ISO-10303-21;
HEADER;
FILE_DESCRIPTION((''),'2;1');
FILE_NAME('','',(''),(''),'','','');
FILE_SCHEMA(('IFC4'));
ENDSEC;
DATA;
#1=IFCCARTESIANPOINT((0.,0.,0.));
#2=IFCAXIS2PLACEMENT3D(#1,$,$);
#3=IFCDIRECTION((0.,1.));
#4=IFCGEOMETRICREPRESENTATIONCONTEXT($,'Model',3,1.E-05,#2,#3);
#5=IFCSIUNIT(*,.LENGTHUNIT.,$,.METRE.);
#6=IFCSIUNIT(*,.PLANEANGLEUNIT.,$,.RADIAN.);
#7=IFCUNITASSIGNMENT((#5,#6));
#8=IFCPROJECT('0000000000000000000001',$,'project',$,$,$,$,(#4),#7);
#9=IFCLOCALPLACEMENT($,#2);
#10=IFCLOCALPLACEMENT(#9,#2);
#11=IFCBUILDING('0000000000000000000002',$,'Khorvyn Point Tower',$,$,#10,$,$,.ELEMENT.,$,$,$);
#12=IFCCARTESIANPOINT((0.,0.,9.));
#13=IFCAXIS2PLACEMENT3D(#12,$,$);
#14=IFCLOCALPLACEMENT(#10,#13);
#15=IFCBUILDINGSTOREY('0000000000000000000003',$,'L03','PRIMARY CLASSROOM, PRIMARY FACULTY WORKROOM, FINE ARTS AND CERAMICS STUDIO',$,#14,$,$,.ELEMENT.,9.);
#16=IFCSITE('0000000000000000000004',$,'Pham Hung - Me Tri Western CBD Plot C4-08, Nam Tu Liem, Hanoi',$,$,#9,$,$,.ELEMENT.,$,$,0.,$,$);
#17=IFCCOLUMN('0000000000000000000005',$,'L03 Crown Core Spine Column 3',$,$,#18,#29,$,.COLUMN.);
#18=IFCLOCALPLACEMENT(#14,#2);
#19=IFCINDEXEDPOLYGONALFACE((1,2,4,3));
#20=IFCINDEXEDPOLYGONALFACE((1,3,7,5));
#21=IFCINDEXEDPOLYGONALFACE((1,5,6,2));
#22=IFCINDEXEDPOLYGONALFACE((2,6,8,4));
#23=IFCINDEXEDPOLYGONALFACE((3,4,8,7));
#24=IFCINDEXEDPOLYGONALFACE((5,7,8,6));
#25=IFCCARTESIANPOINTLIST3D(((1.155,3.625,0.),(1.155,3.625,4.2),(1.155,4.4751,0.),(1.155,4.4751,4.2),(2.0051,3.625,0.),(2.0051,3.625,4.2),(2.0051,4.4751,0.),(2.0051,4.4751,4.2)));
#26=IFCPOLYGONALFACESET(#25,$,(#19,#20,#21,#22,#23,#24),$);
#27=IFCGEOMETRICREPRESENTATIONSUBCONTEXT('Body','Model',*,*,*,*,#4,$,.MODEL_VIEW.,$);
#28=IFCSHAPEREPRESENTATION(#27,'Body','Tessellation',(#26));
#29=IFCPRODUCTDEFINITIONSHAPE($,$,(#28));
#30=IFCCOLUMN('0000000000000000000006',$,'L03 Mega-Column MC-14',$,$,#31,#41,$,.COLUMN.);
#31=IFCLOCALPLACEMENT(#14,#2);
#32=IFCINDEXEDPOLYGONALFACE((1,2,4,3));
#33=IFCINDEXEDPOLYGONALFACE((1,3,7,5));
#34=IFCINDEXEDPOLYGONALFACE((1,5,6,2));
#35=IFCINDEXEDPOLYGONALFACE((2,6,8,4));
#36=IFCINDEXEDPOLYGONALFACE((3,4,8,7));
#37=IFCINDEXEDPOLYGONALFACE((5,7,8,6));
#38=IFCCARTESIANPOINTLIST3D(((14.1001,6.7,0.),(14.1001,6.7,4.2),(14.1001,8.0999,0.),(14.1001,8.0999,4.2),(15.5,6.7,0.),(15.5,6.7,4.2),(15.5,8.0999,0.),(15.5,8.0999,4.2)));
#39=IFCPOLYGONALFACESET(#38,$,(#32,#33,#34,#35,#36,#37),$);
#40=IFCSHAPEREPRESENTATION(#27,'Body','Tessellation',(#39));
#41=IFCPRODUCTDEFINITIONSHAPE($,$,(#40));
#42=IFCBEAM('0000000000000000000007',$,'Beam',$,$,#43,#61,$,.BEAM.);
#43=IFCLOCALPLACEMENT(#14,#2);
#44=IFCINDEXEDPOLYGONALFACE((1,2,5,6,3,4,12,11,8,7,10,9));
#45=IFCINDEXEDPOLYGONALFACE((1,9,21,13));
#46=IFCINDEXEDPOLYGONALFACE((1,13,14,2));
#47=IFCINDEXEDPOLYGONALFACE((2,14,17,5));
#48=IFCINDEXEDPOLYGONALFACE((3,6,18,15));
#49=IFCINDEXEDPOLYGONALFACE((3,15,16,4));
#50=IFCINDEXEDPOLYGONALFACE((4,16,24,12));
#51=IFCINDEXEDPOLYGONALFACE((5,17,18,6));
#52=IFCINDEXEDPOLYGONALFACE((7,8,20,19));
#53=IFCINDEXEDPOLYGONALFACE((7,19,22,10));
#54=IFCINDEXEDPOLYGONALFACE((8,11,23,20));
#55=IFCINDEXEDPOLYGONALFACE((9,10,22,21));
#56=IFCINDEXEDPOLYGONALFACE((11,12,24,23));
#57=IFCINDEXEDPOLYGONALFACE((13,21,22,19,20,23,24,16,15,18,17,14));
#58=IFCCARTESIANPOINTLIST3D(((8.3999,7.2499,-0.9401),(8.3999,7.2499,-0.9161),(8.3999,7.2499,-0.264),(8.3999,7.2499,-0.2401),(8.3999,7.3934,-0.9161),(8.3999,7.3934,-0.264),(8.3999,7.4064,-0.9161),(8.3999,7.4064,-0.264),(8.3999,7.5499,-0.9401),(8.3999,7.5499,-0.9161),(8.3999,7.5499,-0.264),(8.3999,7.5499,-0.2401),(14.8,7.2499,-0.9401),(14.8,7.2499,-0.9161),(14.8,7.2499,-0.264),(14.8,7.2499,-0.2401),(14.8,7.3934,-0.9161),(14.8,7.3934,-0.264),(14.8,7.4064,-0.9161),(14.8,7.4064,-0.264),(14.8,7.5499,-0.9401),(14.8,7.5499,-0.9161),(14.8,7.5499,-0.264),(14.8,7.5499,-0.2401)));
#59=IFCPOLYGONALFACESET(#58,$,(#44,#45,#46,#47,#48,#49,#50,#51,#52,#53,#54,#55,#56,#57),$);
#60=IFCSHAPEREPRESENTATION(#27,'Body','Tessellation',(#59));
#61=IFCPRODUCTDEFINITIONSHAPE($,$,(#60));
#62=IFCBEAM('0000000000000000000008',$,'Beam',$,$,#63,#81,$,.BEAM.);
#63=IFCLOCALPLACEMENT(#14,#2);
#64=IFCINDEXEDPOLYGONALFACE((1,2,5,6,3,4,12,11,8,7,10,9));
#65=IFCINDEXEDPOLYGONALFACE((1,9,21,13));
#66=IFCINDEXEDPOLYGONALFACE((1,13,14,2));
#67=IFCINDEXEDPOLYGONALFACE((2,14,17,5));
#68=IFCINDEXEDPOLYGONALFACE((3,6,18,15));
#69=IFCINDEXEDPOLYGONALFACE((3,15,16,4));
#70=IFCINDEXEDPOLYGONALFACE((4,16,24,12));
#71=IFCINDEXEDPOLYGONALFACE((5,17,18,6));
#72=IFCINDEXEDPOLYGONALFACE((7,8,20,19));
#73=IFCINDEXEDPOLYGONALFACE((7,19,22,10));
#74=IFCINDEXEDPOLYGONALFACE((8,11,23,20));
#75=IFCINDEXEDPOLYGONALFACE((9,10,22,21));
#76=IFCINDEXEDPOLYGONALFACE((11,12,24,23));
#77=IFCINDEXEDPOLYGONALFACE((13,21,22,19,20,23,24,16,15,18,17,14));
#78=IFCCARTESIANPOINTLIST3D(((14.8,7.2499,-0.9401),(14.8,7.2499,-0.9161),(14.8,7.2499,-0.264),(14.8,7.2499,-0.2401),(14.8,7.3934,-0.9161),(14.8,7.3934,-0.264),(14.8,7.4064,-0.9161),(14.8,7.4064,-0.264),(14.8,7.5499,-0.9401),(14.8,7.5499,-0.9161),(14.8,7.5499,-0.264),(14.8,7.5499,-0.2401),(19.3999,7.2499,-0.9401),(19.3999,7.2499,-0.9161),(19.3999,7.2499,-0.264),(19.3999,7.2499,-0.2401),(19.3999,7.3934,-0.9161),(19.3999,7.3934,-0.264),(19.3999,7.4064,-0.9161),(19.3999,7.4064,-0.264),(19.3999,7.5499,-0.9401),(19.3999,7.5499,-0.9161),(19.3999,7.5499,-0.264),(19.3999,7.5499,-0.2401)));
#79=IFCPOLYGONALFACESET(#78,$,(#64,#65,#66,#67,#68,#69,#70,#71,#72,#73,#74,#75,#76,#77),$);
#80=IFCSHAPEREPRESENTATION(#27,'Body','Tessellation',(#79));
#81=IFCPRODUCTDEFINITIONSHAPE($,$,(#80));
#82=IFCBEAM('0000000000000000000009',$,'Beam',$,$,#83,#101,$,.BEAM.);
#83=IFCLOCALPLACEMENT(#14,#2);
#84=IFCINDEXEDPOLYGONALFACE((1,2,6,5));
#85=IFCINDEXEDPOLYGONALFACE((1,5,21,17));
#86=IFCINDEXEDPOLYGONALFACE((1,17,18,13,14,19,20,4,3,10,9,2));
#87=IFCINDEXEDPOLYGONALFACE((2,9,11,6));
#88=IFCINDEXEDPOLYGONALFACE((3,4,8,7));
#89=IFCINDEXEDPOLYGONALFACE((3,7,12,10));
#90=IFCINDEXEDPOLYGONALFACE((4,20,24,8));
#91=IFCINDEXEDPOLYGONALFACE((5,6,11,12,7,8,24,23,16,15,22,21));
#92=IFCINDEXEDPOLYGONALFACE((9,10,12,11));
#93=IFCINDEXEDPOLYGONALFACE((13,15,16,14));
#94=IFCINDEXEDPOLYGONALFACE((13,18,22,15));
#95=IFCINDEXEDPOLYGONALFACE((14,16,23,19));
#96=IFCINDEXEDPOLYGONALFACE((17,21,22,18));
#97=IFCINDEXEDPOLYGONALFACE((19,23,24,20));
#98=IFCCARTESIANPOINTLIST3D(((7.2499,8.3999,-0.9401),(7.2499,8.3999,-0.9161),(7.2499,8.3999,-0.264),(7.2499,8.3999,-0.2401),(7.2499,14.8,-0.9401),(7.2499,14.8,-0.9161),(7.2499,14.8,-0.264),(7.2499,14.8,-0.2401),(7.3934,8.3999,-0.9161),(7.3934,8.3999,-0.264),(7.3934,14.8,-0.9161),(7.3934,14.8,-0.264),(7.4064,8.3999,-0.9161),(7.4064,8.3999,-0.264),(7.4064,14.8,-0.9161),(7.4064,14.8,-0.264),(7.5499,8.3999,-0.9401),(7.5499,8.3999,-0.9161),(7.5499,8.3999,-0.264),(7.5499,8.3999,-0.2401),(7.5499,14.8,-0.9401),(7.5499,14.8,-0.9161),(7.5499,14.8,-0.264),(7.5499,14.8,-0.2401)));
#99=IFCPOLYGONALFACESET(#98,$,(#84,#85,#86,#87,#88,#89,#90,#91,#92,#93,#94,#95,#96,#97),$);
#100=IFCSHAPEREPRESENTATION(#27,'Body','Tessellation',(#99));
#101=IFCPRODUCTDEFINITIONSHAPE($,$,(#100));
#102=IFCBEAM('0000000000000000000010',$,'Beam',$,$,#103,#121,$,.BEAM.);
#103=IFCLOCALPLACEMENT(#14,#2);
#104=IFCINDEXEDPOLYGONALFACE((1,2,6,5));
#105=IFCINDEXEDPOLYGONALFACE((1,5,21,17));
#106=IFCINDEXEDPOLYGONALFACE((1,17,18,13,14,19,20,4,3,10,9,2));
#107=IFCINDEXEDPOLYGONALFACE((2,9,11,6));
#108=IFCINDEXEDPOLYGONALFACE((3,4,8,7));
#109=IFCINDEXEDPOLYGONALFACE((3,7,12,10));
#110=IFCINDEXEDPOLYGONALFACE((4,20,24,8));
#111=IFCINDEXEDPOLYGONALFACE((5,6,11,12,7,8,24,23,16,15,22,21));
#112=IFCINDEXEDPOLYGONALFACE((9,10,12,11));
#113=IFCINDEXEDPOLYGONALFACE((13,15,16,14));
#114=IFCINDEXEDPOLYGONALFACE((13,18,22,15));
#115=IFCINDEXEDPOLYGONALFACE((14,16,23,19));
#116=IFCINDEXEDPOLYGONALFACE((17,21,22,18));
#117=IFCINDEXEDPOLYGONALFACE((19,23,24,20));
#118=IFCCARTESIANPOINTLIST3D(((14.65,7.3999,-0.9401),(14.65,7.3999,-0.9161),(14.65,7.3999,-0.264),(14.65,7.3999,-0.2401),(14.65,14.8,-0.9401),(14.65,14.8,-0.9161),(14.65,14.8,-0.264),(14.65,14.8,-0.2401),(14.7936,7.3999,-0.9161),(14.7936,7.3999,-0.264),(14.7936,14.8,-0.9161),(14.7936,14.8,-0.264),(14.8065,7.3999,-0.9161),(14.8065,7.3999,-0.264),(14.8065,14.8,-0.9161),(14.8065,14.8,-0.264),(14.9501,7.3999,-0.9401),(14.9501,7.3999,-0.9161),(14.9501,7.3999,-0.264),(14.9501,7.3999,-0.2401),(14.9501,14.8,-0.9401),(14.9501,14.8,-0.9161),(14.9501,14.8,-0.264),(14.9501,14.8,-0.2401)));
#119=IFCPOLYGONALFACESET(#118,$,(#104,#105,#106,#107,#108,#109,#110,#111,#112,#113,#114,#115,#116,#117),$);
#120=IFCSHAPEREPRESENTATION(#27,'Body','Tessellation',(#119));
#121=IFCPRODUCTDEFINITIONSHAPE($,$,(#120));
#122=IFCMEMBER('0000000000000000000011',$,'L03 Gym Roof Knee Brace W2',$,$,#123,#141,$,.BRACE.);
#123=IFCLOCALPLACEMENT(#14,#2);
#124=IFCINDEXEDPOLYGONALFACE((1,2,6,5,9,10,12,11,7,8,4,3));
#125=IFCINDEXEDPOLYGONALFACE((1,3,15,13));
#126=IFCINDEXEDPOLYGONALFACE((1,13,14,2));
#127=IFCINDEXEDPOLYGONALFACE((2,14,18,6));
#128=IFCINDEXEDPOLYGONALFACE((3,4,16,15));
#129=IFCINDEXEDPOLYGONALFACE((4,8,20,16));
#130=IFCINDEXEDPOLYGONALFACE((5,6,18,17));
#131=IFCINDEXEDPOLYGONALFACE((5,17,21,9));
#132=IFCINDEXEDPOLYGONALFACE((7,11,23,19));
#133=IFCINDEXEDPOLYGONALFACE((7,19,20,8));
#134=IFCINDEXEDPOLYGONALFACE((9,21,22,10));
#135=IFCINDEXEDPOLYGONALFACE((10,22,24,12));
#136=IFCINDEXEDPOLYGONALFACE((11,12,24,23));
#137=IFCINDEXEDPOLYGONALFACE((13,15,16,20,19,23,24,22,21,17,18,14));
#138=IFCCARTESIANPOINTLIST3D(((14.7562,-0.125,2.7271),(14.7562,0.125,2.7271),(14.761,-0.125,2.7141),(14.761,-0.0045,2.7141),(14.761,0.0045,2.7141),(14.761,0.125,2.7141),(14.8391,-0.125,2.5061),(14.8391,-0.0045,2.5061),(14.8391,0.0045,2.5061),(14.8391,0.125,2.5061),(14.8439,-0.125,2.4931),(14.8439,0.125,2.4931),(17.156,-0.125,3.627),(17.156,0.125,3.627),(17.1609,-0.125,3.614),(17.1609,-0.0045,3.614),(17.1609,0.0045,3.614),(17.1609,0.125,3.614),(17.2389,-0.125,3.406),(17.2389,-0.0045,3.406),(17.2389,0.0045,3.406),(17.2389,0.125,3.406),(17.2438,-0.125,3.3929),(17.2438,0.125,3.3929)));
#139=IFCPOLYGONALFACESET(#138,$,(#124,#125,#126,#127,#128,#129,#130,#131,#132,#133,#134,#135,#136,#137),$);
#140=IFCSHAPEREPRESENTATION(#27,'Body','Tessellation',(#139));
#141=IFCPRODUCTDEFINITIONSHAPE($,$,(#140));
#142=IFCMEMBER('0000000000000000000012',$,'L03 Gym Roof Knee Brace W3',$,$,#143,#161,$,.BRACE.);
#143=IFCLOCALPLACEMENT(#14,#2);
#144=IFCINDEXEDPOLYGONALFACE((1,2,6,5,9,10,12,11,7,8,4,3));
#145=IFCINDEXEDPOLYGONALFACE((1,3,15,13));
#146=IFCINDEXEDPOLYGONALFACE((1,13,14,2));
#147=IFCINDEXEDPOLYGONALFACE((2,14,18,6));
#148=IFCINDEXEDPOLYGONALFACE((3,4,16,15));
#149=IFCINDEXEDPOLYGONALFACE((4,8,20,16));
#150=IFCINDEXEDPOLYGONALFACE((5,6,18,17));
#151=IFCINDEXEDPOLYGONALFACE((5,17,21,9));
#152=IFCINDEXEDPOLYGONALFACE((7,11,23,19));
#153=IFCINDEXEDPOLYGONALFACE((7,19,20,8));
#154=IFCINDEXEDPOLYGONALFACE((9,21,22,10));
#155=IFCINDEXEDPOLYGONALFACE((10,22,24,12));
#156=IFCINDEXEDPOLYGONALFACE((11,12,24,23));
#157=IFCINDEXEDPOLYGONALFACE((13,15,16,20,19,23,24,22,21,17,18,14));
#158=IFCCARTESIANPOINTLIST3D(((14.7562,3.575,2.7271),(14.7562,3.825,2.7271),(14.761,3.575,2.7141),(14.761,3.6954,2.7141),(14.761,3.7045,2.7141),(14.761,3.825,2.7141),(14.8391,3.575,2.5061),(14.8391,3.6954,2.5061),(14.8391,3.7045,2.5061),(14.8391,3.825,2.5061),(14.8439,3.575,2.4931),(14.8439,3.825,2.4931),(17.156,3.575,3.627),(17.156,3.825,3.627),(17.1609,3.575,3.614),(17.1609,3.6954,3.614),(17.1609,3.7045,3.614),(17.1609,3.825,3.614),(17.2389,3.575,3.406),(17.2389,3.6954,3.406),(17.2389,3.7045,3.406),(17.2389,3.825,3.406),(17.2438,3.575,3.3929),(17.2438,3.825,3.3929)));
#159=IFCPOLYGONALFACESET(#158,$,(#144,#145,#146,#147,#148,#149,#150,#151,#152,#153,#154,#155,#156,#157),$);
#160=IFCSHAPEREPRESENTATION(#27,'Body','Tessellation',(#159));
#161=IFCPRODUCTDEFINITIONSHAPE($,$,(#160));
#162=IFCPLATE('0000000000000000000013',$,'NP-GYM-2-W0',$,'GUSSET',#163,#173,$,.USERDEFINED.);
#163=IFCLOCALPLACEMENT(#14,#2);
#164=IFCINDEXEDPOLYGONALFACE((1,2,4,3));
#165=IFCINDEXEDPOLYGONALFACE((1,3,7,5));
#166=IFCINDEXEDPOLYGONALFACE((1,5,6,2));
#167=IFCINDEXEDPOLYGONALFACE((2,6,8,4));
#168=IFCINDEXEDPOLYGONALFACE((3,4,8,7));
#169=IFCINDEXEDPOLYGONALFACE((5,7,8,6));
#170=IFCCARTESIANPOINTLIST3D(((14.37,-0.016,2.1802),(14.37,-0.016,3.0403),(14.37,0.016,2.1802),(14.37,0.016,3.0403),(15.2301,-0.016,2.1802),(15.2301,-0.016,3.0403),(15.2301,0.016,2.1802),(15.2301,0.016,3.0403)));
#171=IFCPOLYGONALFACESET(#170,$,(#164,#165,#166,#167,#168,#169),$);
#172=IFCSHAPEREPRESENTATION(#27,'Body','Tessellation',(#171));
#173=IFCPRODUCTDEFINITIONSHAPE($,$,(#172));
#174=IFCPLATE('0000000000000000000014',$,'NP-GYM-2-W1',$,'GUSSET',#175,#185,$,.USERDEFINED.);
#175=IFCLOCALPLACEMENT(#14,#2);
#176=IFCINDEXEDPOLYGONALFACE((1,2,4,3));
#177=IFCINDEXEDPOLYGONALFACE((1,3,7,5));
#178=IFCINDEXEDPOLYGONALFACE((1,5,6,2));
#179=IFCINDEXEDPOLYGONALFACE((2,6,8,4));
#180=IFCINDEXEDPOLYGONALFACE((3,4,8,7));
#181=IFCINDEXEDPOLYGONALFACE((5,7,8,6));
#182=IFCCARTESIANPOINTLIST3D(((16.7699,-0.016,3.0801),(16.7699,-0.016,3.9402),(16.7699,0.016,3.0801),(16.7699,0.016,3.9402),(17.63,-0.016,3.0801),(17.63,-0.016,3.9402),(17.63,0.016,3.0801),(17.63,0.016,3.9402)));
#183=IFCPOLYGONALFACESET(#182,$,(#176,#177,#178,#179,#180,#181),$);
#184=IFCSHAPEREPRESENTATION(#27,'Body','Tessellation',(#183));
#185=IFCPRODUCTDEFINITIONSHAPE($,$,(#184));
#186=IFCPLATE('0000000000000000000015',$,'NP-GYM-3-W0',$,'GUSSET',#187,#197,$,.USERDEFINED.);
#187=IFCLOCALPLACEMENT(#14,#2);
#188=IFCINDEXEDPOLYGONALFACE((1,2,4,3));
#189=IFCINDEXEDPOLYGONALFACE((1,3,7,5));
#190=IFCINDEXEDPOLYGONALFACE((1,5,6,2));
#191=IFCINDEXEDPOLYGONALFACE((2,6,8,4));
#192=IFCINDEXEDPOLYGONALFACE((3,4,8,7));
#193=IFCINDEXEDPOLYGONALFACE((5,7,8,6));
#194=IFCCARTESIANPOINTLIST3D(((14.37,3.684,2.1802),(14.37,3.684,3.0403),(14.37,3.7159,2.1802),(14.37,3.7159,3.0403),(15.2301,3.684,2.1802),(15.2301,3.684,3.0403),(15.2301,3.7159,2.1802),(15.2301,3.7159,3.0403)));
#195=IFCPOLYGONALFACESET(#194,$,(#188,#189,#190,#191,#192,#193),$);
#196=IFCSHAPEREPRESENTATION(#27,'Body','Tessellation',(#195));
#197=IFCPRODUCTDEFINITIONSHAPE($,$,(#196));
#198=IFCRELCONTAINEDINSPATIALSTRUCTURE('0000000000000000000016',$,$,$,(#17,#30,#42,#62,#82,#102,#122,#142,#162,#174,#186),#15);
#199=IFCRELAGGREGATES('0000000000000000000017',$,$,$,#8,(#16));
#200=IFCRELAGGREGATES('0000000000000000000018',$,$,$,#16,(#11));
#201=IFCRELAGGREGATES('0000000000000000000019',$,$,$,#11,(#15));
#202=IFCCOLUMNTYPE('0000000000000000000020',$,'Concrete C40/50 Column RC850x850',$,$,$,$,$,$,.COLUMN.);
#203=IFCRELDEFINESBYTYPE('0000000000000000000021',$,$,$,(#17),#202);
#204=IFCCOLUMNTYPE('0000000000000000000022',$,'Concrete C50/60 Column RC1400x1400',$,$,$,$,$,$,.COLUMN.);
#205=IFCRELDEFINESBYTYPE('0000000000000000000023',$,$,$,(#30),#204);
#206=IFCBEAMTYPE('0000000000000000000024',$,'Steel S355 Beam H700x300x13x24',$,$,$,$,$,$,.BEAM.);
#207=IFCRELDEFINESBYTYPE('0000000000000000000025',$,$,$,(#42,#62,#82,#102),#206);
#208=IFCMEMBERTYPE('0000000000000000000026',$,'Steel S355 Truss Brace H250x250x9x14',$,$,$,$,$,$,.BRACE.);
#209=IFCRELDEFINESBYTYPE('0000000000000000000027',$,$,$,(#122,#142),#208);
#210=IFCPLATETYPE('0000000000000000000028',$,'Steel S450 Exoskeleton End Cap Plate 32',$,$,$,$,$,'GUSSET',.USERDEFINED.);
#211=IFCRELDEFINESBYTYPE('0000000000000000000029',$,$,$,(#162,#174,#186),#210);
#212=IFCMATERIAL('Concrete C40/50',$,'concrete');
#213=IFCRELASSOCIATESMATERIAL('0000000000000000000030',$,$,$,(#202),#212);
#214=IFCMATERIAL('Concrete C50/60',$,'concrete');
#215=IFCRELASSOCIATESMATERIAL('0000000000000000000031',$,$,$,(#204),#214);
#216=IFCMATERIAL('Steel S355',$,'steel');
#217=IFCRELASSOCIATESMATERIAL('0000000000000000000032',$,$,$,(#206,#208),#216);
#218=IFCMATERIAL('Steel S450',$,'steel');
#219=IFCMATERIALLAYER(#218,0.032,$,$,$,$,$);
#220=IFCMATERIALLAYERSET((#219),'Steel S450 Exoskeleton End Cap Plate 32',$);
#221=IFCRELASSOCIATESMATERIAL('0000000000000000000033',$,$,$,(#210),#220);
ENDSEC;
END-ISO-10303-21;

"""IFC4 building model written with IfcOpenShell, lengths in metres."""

from ifc_helpers import new_model, si_unit, direction, frame, origin, origin_2d, place, context, subcontext, project, spatial, rectangle, i_section, extrude, material, layer, layer_set, material_profile, profile_set, type_object, element, save


model = new_model("IFC4")

# Units and contexts
model_context = context("Model", 3, precision=1e-05, world=origin(), true_north=direction((0.0, 1.0)))
body_context = subcontext(model_context, "Body", "Model", "MODEL_VIEW")
ifc_project = project(units=[si_unit("LENGTHUNIT", "METRE"), si_unit("PLANEANGLEUNIT", "RADIAN")], contexts=[model_context])

# Site, building, storey
site_placement = place(None, origin())
site = spatial("IfcSite", under=ifc_project, at=site_placement, Name="Pham Hung - Me Tri Western CBD Plot C4-08, Nam Tu Liem, Hanoi", CompositionType="ELEMENT", RefElevation=0.0)
building_placement = place(site_placement, origin())
building = spatial("IfcBuilding", under=site, at=building_placement, Name="Khorvyn Point Tower", CompositionType="ELEMENT")
storey_placement = place(building_placement, frame((0.0, 0.0, 9.0)))
storey = spatial("IfcBuildingStorey", under=building, at=storey_placement, Name="L03", Description="PRIMARY CLASSROOM, PRIMARY FACULTY WORKROOM, FINE ARTS AND CERAMICS STUDIO", CompositionType="ELEMENT", Elevation=9.0)

# Columns
ifc_material_1 = material(Name="Concrete C40/50", Category="concrete")
ifc_material_profile_1 = material_profile(ifc_material_1, rectangle(XDim=0.8501, YDim=0.8501, at=origin_2d()))
ifc_profile_set_1 = profile_set([ifc_material_profile_1], Name="Concrete C40/50 RC850x850")
column_type_1 = type_object("IfcColumnType", Name="Concrete C40/50 Column RC850x850", PredefinedType="COLUMN", material=ifc_profile_set_1)
column_1_placement = place(storey_placement, frame((1.5801, 4.05, 0.0), z_axis=(0.0, 0.0, 1.0), x_axis=(1.0, 0.0, 0.0)))
element("IfcColumn", 1, at=column_1_placement, inside=storey, type_object=column_type_1, Name="L03 Crown Core Spine Column 3", PredefinedType="COLUMN", context=body_context, shape_type="SweptSolid", body=[
    extrude(rectangle(XDim=0.8501, YDim=0.8501, at=origin_2d()), origin(), (0.0, 0.0, 1.0), 4.2),
])
ifc_material_2 = material(Name="Concrete C50/60", Category="concrete")
ifc_material_profile_2 = material_profile(ifc_material_2, rectangle(XDim=1.3999, YDim=1.3999, at=origin_2d()))
ifc_profile_set_2 = profile_set([ifc_material_profile_2], Name="Concrete C50/60 RC1400x1400")
column_type_2 = type_object("IfcColumnType", Name="Concrete C50/60 Column RC1400x1400", PredefinedType="COLUMN", material=ifc_profile_set_2)
column_2_placement = place(storey_placement, frame((14.8, 7.3999, 0.0), z_axis=(0.0, 0.0, 1.0), x_axis=(1.0, 0.0, 0.0)))
element("IfcColumn", 2, at=column_2_placement, inside=storey, type_object=column_type_2, Name="L03 Mega-Column MC-14", PredefinedType="COLUMN", context=body_context, shape_type="SweptSolid", body=[
    extrude(rectangle(XDim=1.3999, YDim=1.3999, at=origin_2d()), origin(), (0.0, 0.0, 1.0), 4.2),
])

# Beams
ifc_material_3 = material(Name="Steel S355", Category="steel")
ifc_material_profile_3 = material_profile(ifc_material_3, i_section(OverallWidth=0.3, OverallDepth=0.7, WebThickness=0.0129, FlangeThickness=0.0239, at=origin_2d()))
ifc_profile_set_3 = profile_set([ifc_material_profile_3], Name="Steel S355 H700x300x13x24")
beam_type = type_object("IfcBeamType", Name="Steel S355 Beam H700x300x13x24", PredefinedType="BEAM", material=ifc_profile_set_3)
beam_1_placement = place(storey_placement, frame((8.3999, 7.3999, -0.5901), z_axis=(1.0, 0.0, 0.0), x_axis=(0.0, 1.0, 0.0)))
element("IfcBeam", 3, at=beam_1_placement, inside=storey, type_object=beam_type, Name="Beam", PredefinedType="BEAM", context=body_context, shape_type="SweptSolid", body=[
    extrude(i_section(OverallWidth=0.3, OverallDepth=0.7, WebThickness=0.0129, FlangeThickness=0.0239, at=origin_2d()), origin(), (0.0, 0.0, 1.0), 6.4001),
])
beam_2_placement = place(storey_placement, frame((14.8, 7.3999, -0.5901), z_axis=(1.0, 0.0, 0.0), x_axis=(0.0, 1.0, 0.0)))
element("IfcBeam", 4, at=beam_2_placement, inside=storey, type_object=beam_type, Name="Beam", PredefinedType="BEAM", context=body_context, shape_type="SweptSolid", body=[
    extrude(i_section(OverallWidth=0.3, OverallDepth=0.7, WebThickness=0.0129, FlangeThickness=0.0239, at=origin_2d()), origin(), (0.0, 0.0, 1.0), 4.5999),
])
beam_3_placement = place(storey_placement, frame((7.3999, 8.3999, -0.5901), z_axis=(0.0, 1.0, 0.0), x_axis=(-1.0, 0.0, 0.0)))
element("IfcBeam", 5, at=beam_3_placement, inside=storey, type_object=beam_type, Name="Beam", PredefinedType="BEAM", context=body_context, shape_type="SweptSolid", body=[
    extrude(i_section(OverallWidth=0.3, OverallDepth=0.7, WebThickness=0.0129, FlangeThickness=0.0239, at=origin_2d()), origin(), (0.0, 0.0, 1.0), 6.4001),
])
beam_4_placement = place(storey_placement, frame((14.8, 7.3999, -0.5901), z_axis=(0.0, 1.0, 0.0), x_axis=(-1.0, 0.0, 0.0)))
element("IfcBeam", 6, at=beam_4_placement, inside=storey, type_object=beam_type, Name="Beam", PredefinedType="BEAM", context=body_context, shape_type="SweptSolid", body=[
    extrude(i_section(OverallWidth=0.3, OverallDepth=0.7, WebThickness=0.0129, FlangeThickness=0.0239, at=origin_2d()), origin(), (0.0, 0.0, 1.0), 7.4001),
])

# Members
ifc_material_profile_4 = material_profile(ifc_material_3, i_section(OverallWidth=0.25, OverallDepth=0.25, WebThickness=0.009, FlangeThickness=0.0139, at=origin_2d()))
ifc_profile_set_4 = profile_set([ifc_material_profile_4], Name="Steel S355 H250x250x9x14")
member_type = type_object("IfcMemberType", Name="Steel S355 Truss Brace H250x250x9x14", PredefinedType="BRACE", material=ifc_profile_set_4)
for number, where, z_axis, x_axis, name in (
    (7, (14.8, 0.0, 2.6101), (0.936337, 0.0, 0.351103), (0.0, 1.0, 0.0), "L03 Gym Roof Knee Brace W2"),
    (8, (14.8, 3.7, 2.6101), (0.936337, 0.0, 0.351103), (0.0, 1.0, 0.0), "L03 Gym Roof Knee Brace W3"),
):
    element("IfcMember", number, at=place(storey_placement, frame(where, z_axis=z_axis, x_axis=x_axis)), inside=storey, type_object=member_type, Name=name, PredefinedType="BRACE", context=body_context, shape_type="SweptSolid", body=[
        extrude(i_section(OverallWidth=0.25, OverallDepth=0.25, WebThickness=0.009, FlangeThickness=0.0139, at=origin_2d()), origin(), (0.0, 0.0, 1.0), 2.563),
    ])

# Plates
ifc_material_4 = material(Name="Steel S450", Category="steel")
ifc_layer_1 = layer(ifc_material_4, 0.032)
ifc_layer_set_1 = layer_set([ifc_layer_1], Name="Steel S450 Exoskeleton End Cap Plate 32")
plate_type = type_object("IfcPlateType", Name="Steel S450 Exoskeleton End Cap Plate 32", ElementType="GUSSET", PredefinedType="USERDEFINED", material=ifc_layer_set_1)
for number, where, z_axis, x_axis, name in (
    (9, (14.8, 0.0, 2.1802), (0.0, 0.0, 1.0), (1.0, 0.0, 0.0), "NP-GYM-2-W0"),
    (10, (17.2, 0.0, 3.0801), (0.0, 0.0, 1.0), (1.0, 0.0, 0.0), "NP-GYM-2-W1"),
    (11, (14.8, 3.7, 2.1802), (0.0, 0.0, 1.0), (1.0, 0.0, 0.0), "NP-GYM-3-W0"),
):
    element("IfcPlate", number, at=place(storey_placement, frame(where, z_axis=z_axis, x_axis=x_axis)), inside=storey, type_object=plate_type, Name=name, ObjectType="GUSSET", PredefinedType="USERDEFINED", context=body_context, shape_type="SweptSolid", body=[
        extrude(rectangle(XDim=0.8601, YDim=0.032, at=origin_2d()), origin(), (0.0, 0.0, 1.0), 0.8601),
    ])

save(model, "model.ifc")
